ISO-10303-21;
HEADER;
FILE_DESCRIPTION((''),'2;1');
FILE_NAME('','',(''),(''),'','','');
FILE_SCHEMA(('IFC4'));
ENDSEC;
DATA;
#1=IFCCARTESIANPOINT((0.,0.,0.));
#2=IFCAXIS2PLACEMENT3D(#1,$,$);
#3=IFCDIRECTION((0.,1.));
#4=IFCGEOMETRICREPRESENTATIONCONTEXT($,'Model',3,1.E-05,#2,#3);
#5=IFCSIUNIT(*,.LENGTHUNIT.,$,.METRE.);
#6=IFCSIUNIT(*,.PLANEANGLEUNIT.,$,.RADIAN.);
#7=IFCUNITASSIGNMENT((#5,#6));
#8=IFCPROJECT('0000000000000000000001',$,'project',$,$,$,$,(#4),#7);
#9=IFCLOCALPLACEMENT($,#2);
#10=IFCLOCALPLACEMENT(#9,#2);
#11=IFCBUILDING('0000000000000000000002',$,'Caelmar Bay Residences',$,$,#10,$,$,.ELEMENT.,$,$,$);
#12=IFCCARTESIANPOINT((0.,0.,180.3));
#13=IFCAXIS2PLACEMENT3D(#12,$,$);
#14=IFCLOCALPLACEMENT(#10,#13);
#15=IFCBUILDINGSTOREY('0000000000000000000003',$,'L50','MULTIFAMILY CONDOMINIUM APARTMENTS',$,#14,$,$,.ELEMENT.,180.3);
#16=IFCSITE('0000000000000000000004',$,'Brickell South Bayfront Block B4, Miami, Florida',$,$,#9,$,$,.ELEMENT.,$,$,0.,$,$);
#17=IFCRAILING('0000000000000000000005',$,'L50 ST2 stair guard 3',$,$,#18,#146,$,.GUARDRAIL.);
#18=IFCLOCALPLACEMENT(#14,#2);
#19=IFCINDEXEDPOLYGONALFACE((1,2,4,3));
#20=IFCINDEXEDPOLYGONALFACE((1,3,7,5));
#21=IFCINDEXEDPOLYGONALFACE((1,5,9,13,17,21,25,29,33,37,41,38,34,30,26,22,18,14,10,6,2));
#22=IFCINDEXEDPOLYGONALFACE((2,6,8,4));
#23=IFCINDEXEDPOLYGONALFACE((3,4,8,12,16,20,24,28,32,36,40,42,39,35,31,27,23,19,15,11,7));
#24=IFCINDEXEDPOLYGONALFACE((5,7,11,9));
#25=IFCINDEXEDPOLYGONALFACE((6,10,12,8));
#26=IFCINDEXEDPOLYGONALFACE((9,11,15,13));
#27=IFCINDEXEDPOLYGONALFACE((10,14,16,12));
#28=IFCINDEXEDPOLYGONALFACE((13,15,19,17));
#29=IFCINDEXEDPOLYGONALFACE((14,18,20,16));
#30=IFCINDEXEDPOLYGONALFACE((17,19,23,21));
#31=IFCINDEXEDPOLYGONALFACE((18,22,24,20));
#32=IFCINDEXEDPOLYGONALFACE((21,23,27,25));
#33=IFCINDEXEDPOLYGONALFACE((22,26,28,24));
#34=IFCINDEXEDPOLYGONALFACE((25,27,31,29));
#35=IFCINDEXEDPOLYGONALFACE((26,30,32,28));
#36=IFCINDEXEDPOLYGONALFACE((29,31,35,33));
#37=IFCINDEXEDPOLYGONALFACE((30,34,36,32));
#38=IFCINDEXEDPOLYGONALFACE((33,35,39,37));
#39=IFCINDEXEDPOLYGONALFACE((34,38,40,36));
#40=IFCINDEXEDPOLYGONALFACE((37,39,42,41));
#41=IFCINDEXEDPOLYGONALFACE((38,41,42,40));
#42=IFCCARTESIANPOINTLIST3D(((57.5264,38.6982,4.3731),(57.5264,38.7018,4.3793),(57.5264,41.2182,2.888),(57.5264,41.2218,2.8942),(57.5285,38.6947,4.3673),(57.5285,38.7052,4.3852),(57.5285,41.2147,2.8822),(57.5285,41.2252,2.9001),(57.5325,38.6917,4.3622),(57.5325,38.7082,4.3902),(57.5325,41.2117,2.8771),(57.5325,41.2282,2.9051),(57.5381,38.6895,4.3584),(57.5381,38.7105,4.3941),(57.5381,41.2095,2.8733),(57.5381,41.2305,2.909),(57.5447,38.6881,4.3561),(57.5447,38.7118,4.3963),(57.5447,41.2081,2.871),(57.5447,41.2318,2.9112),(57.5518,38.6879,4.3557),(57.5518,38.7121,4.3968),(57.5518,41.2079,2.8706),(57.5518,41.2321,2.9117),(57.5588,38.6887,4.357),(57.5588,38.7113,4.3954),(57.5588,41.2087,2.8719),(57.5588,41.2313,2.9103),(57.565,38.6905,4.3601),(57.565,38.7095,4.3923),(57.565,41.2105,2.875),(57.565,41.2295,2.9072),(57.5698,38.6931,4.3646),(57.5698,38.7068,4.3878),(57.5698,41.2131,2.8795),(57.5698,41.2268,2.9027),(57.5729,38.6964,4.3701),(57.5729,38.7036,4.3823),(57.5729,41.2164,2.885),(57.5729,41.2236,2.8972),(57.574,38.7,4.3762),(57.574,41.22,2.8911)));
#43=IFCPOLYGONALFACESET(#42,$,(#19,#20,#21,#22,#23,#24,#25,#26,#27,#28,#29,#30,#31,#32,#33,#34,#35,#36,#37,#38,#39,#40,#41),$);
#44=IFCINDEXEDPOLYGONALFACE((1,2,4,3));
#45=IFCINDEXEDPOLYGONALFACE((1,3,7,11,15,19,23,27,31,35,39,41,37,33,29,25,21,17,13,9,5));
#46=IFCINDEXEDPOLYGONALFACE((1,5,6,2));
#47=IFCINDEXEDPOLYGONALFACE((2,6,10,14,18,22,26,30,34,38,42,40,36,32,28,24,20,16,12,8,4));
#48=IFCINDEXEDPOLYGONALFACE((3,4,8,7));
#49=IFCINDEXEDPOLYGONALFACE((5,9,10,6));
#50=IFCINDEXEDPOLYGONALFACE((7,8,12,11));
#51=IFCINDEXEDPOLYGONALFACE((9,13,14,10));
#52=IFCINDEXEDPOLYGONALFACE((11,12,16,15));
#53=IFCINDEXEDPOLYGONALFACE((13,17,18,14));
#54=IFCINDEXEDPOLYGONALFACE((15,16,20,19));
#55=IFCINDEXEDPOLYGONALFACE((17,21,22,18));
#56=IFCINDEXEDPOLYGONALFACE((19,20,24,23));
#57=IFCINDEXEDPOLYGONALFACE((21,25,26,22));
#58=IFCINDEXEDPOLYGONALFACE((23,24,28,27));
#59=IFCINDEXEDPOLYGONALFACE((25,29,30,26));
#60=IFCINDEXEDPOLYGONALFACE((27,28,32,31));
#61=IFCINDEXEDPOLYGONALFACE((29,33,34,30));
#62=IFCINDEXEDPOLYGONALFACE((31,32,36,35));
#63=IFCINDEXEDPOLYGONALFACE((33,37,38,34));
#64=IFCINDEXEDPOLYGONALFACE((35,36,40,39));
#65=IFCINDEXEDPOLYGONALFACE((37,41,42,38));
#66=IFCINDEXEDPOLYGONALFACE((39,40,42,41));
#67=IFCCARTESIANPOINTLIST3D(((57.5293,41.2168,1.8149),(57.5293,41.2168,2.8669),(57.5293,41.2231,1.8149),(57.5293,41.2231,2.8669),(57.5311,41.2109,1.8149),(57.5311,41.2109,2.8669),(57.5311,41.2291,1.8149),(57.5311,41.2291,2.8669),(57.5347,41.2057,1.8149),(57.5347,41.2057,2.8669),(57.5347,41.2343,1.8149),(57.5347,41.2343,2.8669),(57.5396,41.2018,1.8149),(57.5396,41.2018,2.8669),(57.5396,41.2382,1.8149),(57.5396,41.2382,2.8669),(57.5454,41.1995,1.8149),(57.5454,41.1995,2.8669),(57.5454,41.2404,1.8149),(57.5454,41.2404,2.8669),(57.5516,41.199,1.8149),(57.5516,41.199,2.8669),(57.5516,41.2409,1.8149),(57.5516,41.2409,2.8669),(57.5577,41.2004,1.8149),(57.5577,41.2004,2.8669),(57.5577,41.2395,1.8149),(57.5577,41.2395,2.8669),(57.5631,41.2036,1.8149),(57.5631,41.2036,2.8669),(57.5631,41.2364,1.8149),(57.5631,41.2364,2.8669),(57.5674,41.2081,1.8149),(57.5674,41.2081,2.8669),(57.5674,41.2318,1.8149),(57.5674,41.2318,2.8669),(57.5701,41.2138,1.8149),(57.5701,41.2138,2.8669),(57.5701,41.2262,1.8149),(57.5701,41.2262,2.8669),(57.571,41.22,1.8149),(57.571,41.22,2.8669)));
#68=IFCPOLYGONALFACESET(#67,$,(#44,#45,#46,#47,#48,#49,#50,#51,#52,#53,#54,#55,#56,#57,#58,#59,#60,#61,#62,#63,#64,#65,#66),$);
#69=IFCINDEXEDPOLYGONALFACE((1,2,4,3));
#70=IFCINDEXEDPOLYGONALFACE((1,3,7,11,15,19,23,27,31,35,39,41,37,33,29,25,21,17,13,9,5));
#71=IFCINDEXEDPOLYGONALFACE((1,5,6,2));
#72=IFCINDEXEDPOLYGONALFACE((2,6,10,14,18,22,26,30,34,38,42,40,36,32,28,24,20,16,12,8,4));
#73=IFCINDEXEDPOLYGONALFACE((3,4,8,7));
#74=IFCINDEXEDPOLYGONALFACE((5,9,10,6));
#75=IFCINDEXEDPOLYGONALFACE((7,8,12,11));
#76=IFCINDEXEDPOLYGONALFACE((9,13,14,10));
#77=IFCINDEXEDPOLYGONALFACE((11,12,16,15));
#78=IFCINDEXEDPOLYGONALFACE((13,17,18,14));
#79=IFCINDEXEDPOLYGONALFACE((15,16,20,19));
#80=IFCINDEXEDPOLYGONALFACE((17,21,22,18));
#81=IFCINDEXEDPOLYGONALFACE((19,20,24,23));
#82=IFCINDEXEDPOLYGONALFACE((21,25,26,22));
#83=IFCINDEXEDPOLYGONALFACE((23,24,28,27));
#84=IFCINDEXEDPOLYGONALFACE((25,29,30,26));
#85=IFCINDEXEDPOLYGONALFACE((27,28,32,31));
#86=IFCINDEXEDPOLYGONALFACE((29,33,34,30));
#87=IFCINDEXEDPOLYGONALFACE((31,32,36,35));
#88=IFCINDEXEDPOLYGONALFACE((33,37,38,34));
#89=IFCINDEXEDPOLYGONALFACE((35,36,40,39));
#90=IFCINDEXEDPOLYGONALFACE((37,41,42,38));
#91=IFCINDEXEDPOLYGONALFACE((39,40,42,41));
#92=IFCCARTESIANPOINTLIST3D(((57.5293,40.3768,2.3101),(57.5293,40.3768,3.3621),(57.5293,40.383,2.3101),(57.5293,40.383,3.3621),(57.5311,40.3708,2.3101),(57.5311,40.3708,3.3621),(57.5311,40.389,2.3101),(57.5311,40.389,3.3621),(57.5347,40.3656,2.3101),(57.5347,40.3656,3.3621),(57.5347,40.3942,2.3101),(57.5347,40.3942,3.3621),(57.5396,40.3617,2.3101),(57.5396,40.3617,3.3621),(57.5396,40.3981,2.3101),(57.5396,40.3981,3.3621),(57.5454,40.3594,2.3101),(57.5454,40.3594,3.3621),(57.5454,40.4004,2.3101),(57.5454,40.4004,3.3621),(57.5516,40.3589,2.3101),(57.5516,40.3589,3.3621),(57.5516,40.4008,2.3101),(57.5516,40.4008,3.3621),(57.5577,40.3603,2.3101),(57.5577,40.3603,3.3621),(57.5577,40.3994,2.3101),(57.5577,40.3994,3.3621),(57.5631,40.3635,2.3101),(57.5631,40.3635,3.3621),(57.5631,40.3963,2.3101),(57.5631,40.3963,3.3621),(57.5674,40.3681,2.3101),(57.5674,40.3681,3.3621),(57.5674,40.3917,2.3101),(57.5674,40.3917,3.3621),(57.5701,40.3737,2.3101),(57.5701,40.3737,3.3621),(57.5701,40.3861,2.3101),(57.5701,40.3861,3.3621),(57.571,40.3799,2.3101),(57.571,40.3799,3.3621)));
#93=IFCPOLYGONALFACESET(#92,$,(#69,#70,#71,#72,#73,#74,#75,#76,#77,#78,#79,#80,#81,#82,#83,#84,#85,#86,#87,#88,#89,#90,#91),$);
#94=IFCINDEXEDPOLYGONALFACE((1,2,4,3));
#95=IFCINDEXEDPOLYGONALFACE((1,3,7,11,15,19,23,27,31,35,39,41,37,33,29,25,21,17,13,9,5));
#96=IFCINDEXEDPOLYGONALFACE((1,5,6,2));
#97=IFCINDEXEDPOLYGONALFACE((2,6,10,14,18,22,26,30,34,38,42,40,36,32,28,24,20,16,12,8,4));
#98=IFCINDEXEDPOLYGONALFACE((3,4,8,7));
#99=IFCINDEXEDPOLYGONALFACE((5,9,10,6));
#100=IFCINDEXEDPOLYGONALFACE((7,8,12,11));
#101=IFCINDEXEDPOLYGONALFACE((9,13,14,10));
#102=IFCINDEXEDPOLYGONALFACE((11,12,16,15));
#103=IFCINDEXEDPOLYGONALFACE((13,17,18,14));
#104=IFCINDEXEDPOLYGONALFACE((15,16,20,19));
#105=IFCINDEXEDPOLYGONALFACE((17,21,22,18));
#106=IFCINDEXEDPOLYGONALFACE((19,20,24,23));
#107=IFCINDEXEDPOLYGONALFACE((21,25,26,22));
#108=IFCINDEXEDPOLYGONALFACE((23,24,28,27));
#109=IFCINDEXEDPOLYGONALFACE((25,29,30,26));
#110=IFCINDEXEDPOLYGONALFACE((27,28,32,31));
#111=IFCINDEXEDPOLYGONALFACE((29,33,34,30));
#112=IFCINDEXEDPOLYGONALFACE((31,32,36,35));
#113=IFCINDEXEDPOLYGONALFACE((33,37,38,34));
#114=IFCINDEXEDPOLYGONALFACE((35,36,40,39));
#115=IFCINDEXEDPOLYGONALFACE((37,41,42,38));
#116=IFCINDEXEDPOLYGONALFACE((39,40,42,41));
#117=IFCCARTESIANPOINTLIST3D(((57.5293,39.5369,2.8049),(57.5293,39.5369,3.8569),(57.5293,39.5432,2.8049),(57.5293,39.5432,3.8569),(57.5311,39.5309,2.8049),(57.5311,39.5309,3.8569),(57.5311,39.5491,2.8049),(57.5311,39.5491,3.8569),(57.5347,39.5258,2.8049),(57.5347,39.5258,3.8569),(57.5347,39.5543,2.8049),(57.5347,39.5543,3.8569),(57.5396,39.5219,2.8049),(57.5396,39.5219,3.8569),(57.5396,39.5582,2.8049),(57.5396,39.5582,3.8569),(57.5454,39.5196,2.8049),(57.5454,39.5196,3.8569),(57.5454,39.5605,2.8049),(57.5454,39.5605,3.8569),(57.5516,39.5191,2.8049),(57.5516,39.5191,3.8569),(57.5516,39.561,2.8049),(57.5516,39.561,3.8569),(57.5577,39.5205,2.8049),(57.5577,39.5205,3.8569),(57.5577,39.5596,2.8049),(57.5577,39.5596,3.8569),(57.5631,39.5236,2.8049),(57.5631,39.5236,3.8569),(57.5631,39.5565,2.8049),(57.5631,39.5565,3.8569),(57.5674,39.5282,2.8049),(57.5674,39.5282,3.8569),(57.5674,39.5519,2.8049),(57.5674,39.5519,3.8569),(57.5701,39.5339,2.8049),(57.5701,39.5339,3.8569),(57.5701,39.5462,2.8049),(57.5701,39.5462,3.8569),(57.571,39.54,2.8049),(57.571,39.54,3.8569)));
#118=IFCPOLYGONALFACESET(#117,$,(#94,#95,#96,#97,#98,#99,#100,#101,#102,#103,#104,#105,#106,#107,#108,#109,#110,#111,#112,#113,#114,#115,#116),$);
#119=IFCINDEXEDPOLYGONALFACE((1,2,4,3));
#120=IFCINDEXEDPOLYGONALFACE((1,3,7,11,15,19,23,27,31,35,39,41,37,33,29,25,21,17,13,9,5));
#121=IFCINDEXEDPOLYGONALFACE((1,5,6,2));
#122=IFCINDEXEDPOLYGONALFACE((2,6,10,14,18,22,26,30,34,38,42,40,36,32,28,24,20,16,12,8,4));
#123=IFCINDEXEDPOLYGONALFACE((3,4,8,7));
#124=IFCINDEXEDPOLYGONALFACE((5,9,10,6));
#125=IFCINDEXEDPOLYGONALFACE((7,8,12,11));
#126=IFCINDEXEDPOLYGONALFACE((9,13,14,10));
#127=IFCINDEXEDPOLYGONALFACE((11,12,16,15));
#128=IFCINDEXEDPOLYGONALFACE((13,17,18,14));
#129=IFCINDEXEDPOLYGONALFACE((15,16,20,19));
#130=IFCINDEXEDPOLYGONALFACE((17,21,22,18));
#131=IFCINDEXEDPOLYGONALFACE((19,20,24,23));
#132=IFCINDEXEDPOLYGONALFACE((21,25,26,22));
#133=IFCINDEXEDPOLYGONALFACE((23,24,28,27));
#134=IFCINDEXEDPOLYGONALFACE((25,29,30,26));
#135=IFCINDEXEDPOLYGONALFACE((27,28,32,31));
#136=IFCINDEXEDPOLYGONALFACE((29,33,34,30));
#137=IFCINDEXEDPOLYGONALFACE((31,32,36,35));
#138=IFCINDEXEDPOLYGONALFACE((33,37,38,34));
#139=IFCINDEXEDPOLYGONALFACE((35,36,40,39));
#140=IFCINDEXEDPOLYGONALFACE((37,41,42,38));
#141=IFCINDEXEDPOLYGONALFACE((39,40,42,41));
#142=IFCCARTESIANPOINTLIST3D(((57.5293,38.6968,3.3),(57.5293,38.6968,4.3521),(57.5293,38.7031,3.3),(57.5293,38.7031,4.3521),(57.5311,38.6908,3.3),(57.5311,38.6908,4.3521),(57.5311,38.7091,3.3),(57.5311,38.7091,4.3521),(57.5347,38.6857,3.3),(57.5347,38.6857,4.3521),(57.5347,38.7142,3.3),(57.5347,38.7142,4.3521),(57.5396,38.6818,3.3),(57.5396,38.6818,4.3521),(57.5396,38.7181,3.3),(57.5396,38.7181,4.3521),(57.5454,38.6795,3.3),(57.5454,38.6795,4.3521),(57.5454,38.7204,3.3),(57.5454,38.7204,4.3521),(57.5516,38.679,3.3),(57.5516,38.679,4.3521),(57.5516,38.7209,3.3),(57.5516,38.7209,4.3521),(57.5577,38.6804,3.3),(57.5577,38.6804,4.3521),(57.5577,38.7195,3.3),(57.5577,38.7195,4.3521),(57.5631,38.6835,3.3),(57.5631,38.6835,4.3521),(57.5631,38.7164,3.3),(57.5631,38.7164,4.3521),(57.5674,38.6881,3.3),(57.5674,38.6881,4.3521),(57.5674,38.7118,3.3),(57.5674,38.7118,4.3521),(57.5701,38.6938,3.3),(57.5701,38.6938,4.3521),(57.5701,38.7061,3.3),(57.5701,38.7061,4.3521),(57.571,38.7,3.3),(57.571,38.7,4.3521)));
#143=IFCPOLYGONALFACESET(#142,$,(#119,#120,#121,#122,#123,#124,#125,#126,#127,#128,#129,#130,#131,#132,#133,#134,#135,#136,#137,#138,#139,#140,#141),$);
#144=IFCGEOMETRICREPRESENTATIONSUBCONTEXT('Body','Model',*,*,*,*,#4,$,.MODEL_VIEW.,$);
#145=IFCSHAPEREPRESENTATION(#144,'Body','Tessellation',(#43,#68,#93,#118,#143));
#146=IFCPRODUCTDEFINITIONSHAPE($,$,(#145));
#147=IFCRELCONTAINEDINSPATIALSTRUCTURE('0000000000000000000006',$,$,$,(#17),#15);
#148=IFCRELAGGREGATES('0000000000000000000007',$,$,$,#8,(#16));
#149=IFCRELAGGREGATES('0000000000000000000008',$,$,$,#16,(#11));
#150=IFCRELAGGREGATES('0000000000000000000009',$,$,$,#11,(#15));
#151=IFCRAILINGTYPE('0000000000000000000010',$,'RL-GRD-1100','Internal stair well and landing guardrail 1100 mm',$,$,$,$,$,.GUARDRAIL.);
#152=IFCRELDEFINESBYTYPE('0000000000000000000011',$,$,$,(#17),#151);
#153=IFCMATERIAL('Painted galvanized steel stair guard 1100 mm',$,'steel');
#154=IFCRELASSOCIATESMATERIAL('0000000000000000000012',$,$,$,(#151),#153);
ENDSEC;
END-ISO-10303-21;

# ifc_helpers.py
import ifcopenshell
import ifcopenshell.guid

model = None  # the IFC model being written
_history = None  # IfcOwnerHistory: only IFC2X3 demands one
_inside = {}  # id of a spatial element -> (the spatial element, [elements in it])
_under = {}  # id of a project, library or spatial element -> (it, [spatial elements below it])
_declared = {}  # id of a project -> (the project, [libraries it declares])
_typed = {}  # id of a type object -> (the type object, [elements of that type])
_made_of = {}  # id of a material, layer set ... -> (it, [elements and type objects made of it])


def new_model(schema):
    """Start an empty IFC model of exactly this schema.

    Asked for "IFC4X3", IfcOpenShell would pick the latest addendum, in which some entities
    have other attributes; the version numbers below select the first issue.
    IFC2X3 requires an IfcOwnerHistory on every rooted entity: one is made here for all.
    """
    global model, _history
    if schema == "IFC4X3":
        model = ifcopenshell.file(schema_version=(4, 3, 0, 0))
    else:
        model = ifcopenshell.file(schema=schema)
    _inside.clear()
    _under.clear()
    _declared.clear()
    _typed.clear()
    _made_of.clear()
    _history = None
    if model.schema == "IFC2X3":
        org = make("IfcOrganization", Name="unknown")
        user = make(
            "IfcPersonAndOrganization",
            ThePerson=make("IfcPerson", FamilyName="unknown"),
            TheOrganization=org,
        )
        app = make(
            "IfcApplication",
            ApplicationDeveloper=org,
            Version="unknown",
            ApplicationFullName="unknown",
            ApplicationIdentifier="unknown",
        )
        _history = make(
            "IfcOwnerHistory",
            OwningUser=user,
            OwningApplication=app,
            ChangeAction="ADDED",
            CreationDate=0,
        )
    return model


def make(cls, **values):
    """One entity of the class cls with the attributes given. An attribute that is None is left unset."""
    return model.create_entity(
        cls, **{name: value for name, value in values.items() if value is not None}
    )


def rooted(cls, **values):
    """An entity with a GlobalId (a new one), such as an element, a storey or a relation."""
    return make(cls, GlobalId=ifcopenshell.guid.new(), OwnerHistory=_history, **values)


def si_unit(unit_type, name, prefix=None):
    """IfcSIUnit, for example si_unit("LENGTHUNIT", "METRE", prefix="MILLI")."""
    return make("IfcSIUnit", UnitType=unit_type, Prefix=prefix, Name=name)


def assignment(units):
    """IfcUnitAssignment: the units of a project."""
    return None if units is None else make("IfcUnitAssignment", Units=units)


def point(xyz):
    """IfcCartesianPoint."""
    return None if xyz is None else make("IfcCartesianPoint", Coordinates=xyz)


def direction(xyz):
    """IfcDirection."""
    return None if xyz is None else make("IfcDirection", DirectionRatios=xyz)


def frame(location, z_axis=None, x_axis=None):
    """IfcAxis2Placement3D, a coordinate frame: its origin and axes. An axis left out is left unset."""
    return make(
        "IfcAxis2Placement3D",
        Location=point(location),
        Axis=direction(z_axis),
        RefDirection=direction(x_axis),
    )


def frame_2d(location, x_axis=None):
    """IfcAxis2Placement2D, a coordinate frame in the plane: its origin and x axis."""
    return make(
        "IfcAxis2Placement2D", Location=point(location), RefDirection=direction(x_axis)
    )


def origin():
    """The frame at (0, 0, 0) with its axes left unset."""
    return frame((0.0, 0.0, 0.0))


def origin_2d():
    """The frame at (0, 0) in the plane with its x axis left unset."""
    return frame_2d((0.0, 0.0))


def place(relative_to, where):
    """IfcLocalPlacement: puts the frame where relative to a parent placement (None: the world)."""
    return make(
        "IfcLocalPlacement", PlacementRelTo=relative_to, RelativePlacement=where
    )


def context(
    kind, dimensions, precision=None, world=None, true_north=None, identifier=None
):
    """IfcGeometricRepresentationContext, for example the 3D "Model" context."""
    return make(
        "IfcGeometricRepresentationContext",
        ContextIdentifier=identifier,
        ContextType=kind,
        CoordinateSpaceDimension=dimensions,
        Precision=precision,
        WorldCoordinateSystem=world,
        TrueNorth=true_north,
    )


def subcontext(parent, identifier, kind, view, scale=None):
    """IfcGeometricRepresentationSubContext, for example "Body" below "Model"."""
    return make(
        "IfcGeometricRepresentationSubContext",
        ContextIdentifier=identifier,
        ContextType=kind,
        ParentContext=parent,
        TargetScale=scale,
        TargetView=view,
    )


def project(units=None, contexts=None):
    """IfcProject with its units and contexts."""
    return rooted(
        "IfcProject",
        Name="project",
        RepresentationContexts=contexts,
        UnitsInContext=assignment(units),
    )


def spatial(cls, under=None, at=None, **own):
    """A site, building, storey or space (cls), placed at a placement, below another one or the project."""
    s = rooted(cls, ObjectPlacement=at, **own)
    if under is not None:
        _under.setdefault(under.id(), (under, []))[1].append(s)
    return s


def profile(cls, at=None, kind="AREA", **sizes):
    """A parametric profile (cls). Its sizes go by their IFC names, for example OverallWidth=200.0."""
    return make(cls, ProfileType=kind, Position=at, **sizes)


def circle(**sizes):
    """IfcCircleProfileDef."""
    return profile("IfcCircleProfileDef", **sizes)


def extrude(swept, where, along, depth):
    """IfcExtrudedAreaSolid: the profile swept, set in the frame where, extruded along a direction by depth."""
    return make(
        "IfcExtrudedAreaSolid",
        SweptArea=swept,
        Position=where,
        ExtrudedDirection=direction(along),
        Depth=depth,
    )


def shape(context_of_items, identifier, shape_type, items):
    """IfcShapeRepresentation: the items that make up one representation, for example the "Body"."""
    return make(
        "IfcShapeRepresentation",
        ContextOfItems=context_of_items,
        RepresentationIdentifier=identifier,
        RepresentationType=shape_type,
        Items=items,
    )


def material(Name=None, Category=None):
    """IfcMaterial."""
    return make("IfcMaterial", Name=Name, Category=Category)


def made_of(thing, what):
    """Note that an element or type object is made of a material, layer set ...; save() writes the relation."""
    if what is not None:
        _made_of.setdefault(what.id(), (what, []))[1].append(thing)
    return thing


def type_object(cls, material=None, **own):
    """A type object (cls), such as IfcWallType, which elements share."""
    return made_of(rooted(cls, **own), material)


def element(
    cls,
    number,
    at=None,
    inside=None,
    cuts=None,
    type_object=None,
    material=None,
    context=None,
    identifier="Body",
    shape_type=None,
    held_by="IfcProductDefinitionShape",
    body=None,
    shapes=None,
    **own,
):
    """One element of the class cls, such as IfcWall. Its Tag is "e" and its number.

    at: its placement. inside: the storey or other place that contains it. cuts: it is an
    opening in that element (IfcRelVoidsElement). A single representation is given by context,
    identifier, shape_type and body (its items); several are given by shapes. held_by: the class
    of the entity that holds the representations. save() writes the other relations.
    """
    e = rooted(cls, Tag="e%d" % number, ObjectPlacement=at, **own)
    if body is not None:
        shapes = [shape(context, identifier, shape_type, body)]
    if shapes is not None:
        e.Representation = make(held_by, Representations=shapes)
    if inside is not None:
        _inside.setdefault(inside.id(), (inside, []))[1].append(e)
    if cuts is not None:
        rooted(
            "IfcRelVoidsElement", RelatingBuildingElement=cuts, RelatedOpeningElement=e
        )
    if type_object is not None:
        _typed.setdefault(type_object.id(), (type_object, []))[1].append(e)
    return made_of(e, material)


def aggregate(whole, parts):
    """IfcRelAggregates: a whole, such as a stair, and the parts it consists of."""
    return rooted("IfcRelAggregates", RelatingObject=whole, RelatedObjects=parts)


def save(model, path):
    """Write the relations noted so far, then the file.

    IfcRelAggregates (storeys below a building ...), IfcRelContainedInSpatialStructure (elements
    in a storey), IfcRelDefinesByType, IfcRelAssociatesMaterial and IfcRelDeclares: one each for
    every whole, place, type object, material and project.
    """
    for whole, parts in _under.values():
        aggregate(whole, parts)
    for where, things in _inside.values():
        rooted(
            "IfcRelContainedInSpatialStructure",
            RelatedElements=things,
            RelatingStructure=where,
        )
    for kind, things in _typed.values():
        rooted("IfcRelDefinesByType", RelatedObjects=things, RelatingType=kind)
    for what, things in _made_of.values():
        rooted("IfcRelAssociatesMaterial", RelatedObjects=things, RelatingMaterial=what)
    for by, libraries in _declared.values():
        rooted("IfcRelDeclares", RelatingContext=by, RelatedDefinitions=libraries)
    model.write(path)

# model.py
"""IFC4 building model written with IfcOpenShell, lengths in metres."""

from ifc_helpers import new_model, si_unit, direction, frame, origin, origin_2d, place, context, subcontext, project, spatial, circle, extrude, material, type_object, element, save


model = new_model("IFC4")

# Units and contexts
model_context = context("Model", 3, precision=1e-05, world=origin(), true_north=direction((0.0, 1.0)))
body_context = subcontext(model_context, "Body", "Model", "MODEL_VIEW")
ifc_project = project(units=[si_unit("LENGTHUNIT", "METRE"), si_unit("PLANEANGLEUNIT", "RADIAN")], contexts=[model_context])

# Site, building, storey
site_placement = place(None, origin())
site = spatial("IfcSite", under=ifc_project, at=site_placement, Name="Brickell South Bayfront Block B4, Miami, Florida", CompositionType="ELEMENT", RefElevation=0.0)
building_placement = place(site_placement, origin())
building = spatial("IfcBuilding", under=site, at=building_placement, Name="Caelmar Bay Residences", CompositionType="ELEMENT")
storey_placement = place(building_placement, frame((0.0, 0.0, 180.3)))
storey = spatial("IfcBuildingStorey", under=building, at=storey_placement, Name="L50", Description="MULTIFAMILY CONDOMINIUM APARTMENTS", CompositionType="ELEMENT", Elevation=180.3)

# Railing
ifc_material_1 = material(Name="Painted galvanized steel stair guard 1100 mm", Category="steel")
railing_type_1 = type_object("IfcRailingType", Name="RL-GRD-1100", Description="Internal stair well and landing guardrail 1100 mm", PredefinedType="GUARDRAIL", material=ifc_material_1)
railing_1_placement = place(storey_placement, frame((57.55, 41.22, 1.8149)))
element("IfcRailing", 1, at=railing_1_placement, inside=storey, type_object=railing_type_1, Name="L50 ST2 stair guard 3", PredefinedType="GUARDRAIL", context=body_context, shape_type="SweptSolid", body=[
    extrude(circle(Radius=0.0239, at=origin_2d()), frame((0.0, 0.0, 1.0762), z_axis=(0.0, -0.861524, 0.507717), x_axis=(1.0, 0.0, 0.0)), (0.0, 0.0, 1.0), 2.925),
    extrude(circle(Radius=0.021, at=origin_2d()), origin(), (0.0, 0.0, 1.0), 1.052),
    extrude(circle(Radius=0.021, at=origin_2d()), frame((0.0, -0.8401, 0.4951)), (0.0, 0.0, 1.0), 1.052),
    extrude(circle(Radius=0.021, at=origin_2d()), frame((0.0, -1.6799, 0.99)), (0.0, 0.0, 1.0), 1.052),
    extrude(circle(Radius=0.021, at=origin_2d()), frame((0.0, -2.52, 1.4851)), (0.0, 0.0, 1.0), 1.052),
])

save(model, "model.ifc")
